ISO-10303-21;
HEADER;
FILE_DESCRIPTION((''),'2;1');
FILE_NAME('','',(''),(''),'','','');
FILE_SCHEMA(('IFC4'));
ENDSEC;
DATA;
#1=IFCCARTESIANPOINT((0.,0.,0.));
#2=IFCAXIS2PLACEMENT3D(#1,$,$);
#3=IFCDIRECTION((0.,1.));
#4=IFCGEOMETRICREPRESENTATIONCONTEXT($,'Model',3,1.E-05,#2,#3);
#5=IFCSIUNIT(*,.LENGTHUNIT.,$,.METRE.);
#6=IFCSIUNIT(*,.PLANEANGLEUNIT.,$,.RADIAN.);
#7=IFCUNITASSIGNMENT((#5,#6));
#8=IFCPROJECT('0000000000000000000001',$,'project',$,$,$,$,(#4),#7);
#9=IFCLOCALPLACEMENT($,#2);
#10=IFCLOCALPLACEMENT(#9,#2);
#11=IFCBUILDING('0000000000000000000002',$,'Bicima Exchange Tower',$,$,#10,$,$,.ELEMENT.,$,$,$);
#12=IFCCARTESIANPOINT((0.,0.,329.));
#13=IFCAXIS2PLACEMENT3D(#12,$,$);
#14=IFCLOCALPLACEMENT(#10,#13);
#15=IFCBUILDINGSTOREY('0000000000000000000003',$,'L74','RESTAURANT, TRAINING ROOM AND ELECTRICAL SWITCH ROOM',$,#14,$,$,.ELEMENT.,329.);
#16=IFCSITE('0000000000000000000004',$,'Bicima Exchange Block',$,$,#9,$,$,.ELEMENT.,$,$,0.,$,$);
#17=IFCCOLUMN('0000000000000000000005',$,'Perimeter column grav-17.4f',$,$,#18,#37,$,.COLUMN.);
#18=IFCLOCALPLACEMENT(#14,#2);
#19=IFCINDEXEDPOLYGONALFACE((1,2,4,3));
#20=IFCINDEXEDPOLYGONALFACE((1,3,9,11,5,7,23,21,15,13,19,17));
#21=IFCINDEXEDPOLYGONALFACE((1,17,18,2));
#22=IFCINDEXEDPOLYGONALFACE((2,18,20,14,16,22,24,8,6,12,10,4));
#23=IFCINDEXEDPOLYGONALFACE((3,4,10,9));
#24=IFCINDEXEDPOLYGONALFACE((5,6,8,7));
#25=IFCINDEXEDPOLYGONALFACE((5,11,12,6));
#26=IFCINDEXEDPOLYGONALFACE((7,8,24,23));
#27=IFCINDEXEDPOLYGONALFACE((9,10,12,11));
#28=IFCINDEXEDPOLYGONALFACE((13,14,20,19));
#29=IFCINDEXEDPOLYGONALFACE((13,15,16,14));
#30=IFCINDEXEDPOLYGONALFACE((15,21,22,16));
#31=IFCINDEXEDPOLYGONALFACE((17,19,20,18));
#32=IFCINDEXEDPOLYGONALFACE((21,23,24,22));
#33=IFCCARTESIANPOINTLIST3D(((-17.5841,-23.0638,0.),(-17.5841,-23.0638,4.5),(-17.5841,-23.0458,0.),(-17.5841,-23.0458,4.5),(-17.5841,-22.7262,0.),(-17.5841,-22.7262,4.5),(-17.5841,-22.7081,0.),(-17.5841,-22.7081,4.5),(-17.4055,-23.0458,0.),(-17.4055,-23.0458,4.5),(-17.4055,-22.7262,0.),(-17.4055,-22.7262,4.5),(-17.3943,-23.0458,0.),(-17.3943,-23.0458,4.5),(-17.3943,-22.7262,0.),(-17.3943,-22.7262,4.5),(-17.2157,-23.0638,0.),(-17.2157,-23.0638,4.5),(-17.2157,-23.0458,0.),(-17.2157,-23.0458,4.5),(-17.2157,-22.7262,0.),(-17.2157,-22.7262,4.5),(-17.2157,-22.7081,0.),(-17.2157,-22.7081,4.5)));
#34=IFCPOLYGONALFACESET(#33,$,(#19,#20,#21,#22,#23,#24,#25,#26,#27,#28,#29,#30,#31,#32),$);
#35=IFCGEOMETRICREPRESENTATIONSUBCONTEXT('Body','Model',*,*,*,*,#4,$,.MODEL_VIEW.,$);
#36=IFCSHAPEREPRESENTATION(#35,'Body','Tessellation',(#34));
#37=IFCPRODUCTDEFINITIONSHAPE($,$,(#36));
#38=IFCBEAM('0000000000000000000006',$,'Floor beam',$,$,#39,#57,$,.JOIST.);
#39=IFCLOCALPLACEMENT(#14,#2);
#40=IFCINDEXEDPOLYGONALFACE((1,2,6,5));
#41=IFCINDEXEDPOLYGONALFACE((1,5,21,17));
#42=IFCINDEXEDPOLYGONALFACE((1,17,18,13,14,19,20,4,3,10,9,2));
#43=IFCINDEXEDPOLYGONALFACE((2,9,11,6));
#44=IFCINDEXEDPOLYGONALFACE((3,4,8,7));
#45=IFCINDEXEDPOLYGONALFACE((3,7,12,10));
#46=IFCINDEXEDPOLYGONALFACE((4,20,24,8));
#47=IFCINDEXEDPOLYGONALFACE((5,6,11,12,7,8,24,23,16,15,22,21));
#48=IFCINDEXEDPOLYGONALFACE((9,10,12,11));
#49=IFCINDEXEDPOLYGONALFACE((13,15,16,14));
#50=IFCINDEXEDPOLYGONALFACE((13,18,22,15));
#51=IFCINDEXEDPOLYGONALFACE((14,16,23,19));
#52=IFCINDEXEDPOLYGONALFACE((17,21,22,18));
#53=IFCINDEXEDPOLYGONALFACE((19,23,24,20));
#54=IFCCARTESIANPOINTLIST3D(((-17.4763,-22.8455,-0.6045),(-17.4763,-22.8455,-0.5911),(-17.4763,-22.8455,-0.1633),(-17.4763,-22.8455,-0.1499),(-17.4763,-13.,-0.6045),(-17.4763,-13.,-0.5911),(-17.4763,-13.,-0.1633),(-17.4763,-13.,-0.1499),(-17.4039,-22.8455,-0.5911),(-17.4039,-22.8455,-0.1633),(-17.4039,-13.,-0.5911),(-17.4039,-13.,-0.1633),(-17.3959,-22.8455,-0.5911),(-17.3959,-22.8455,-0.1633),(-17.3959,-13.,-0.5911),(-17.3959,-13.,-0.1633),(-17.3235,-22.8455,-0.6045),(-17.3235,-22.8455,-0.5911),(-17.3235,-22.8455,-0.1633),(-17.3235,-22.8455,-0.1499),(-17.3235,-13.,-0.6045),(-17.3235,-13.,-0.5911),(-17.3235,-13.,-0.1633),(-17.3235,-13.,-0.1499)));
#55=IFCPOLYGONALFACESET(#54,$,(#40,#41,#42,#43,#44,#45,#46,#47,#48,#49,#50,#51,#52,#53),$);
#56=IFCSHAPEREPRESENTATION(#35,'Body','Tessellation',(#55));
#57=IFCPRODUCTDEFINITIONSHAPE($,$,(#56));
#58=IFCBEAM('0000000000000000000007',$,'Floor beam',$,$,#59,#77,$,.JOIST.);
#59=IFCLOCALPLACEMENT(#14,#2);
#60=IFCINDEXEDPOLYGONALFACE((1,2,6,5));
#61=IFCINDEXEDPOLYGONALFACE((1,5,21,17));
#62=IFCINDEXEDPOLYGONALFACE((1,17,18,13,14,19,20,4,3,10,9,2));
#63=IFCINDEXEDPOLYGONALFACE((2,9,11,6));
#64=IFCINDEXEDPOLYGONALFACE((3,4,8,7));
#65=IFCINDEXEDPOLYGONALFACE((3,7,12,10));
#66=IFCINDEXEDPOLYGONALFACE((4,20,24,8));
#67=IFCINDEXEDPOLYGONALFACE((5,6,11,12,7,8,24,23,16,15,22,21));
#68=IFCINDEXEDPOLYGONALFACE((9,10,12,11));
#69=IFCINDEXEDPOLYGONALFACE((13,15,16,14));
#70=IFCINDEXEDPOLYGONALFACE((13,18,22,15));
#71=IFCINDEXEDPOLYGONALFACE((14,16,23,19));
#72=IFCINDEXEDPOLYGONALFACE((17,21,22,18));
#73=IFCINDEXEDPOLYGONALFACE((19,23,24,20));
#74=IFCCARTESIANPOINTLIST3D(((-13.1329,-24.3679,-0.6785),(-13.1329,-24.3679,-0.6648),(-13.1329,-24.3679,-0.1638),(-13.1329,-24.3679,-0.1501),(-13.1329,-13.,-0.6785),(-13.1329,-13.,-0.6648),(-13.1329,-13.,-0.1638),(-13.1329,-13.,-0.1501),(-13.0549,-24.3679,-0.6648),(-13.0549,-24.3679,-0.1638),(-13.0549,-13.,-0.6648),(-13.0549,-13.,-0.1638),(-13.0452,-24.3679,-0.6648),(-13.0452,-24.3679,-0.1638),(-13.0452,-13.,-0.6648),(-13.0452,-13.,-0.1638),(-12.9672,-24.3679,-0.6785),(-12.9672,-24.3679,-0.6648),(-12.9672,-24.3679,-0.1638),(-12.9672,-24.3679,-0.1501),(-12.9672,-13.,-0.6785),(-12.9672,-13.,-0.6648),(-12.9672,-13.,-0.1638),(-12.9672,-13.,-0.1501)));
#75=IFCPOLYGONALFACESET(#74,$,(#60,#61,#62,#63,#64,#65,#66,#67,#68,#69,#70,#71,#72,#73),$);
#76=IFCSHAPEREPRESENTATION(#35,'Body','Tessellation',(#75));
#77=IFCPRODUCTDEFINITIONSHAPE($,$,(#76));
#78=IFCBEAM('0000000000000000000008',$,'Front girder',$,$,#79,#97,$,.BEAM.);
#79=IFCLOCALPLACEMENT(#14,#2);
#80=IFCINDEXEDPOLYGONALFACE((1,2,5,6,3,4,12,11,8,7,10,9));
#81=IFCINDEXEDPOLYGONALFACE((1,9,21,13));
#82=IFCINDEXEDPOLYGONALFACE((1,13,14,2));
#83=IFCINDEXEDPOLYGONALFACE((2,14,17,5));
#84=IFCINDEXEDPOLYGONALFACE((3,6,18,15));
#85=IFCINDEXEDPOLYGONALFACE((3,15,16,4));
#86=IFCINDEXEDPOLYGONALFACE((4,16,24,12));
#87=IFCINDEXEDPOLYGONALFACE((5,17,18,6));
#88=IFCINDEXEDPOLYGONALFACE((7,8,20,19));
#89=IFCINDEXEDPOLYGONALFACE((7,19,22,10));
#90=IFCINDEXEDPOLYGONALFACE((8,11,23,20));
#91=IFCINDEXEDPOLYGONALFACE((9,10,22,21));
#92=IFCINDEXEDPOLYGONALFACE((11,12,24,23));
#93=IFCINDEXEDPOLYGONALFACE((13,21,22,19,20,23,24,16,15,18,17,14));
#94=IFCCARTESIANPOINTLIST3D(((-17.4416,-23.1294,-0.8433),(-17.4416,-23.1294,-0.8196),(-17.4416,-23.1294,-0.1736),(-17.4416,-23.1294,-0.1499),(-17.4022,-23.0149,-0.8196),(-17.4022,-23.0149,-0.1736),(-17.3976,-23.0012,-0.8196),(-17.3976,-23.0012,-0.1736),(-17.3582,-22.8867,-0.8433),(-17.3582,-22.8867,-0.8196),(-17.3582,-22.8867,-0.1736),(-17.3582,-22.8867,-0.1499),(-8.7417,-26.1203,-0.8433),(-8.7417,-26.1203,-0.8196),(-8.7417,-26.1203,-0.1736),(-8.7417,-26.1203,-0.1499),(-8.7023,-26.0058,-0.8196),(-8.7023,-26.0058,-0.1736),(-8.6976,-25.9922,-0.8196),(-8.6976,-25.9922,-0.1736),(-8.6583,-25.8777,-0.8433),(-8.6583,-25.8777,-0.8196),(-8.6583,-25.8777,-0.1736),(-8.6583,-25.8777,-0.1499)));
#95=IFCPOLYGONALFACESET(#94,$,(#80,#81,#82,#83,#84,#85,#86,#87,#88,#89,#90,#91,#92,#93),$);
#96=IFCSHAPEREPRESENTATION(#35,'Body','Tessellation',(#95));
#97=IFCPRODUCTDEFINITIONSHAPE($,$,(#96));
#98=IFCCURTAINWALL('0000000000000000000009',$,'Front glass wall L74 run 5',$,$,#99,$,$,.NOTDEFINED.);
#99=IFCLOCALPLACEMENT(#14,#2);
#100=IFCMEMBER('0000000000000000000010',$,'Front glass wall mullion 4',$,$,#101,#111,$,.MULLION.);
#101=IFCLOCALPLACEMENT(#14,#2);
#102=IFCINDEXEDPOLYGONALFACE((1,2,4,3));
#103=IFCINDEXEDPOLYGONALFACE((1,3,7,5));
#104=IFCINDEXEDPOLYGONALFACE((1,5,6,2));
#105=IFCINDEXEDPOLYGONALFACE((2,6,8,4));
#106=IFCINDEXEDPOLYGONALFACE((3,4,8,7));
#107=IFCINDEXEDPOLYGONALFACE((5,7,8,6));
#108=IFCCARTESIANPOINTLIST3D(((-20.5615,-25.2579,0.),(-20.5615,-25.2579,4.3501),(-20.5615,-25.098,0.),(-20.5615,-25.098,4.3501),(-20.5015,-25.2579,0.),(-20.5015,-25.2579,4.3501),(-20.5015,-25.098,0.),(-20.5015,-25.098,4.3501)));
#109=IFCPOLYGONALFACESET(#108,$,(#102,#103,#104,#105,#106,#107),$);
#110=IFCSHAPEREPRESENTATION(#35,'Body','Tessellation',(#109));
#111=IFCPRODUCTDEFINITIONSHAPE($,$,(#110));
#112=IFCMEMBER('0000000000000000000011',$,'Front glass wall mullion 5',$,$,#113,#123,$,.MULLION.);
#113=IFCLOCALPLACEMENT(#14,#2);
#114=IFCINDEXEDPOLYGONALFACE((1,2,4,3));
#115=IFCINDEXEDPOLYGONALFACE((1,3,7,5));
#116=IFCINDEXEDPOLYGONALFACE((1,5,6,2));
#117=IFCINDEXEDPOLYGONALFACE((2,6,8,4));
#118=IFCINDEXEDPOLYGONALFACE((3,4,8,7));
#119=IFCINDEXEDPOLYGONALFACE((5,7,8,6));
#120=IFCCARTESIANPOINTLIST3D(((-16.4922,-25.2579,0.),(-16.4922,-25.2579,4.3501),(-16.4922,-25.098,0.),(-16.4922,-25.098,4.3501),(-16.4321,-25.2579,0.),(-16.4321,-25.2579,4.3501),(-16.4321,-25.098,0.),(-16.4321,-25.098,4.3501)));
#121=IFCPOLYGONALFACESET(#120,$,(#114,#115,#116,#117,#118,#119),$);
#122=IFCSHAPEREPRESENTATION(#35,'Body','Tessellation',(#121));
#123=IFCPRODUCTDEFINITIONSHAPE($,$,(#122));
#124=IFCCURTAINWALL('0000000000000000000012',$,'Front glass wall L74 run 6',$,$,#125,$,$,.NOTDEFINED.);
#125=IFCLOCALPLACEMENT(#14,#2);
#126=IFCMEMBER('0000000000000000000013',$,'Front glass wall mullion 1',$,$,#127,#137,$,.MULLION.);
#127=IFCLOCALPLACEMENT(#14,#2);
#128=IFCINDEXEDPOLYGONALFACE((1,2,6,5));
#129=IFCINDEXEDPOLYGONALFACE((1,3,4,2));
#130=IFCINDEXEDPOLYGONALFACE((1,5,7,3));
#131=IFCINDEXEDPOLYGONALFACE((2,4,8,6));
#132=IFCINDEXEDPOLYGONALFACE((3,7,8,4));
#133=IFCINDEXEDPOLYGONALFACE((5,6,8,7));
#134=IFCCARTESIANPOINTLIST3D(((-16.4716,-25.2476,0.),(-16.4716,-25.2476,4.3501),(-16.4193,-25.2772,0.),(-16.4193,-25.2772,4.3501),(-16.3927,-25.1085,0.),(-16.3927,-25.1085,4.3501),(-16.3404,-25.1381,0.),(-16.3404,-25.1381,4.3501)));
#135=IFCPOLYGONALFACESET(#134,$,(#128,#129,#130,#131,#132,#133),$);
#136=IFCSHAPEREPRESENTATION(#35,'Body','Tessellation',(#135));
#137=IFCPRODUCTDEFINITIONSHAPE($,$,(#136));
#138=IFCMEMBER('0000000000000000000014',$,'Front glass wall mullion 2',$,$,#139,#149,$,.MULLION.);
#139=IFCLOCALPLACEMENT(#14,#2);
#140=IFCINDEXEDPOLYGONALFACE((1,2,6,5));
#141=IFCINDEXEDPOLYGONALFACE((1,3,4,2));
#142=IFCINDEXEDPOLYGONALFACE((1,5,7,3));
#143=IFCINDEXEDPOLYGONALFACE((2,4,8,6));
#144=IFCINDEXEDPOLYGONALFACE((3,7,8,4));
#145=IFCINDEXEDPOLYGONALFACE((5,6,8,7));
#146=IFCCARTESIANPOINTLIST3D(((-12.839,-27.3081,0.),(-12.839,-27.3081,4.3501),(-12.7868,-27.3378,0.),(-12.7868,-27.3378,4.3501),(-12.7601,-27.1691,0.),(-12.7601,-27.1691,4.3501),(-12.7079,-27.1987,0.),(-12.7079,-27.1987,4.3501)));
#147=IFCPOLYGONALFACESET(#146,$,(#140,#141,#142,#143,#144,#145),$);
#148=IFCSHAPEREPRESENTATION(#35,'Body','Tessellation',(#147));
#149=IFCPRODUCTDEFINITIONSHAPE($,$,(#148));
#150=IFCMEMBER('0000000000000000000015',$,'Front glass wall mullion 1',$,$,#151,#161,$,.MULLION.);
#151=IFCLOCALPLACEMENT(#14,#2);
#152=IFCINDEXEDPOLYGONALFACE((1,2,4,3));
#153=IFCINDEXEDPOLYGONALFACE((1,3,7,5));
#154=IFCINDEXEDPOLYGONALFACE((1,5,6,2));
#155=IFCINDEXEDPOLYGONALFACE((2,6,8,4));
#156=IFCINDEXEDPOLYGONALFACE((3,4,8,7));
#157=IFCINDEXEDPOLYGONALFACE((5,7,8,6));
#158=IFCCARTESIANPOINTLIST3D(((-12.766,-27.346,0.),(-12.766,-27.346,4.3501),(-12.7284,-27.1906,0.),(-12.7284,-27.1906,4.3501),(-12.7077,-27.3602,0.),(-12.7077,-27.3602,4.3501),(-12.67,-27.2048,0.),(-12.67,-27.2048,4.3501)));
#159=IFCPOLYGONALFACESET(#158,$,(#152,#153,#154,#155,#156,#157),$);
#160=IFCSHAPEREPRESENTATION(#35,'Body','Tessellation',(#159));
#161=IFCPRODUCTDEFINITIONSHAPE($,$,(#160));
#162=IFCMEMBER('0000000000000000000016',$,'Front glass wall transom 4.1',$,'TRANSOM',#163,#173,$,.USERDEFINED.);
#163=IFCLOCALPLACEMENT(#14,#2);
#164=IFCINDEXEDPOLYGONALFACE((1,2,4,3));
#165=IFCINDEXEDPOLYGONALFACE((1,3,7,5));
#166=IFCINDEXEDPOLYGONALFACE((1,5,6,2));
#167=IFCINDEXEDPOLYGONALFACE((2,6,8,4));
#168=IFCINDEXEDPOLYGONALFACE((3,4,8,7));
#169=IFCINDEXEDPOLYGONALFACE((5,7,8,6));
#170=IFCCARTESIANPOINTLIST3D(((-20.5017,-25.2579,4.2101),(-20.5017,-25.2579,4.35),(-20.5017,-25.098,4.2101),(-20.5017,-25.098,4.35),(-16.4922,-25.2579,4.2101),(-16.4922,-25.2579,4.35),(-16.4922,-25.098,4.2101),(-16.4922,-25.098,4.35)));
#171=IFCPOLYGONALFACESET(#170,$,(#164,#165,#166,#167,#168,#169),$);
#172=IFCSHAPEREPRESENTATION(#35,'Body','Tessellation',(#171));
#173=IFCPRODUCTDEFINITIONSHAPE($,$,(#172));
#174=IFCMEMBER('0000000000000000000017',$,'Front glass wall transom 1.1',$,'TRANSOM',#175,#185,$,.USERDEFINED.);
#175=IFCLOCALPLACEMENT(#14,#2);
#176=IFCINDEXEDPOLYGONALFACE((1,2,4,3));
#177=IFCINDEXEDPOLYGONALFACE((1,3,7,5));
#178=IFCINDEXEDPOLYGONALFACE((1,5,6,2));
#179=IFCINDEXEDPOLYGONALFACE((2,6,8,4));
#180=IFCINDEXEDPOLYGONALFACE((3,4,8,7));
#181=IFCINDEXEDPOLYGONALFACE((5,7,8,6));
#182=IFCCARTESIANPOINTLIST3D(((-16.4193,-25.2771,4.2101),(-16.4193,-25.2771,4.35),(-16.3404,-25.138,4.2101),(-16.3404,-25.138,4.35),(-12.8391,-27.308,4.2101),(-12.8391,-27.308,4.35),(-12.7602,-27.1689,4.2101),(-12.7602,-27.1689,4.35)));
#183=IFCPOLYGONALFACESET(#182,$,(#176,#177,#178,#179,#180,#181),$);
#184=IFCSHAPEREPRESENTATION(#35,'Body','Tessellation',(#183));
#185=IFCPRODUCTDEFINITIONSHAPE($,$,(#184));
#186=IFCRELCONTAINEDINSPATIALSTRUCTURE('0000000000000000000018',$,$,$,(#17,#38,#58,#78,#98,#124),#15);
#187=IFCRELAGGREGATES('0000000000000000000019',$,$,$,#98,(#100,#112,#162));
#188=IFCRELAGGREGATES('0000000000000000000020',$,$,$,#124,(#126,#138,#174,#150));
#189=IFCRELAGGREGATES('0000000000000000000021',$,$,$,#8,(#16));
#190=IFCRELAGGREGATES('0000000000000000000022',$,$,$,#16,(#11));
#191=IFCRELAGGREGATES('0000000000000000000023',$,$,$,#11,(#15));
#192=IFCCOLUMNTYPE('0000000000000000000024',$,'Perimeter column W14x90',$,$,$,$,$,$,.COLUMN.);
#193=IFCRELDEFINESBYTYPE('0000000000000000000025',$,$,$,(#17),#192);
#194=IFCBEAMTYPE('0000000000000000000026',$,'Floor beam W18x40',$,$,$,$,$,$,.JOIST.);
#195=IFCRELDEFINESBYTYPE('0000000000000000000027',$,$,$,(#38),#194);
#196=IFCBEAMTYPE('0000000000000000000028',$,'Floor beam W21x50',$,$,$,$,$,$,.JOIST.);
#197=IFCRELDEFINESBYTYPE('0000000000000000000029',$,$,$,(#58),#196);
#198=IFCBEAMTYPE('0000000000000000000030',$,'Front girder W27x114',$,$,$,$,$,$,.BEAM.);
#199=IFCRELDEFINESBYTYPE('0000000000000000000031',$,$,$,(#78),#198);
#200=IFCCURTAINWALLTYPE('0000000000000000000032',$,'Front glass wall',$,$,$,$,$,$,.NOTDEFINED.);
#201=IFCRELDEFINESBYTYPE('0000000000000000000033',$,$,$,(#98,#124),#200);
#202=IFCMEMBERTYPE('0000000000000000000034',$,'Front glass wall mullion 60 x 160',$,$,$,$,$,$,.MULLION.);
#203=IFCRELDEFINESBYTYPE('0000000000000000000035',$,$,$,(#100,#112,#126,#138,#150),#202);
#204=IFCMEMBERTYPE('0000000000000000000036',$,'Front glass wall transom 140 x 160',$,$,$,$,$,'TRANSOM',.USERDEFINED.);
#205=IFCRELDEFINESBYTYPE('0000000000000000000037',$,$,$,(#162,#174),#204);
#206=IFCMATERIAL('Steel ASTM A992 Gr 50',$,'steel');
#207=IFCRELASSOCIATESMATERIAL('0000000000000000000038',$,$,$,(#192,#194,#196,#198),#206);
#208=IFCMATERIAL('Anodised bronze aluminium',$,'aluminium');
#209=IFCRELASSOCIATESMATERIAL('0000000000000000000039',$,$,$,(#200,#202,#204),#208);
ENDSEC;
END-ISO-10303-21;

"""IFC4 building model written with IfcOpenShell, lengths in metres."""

from ifc_helpers import new_model, si_unit, direction, frame, origin, origin_2d, place, context, subcontext, project, spatial, rectangle, i_section, extrude, material, material_profile, profile_set, type_object, element, aggregate, save


model = new_model("IFC4")

# Units and contexts
model_context = context("Model", 3, precision=1e-05, world=origin(), true_north=direction((0.0, 1.0)))
body_context = subcontext(model_context, "Body", "Model", "MODEL_VIEW")
ifc_project = project(units=[si_unit("LENGTHUNIT", "METRE"), si_unit("PLANEANGLEUNIT", "RADIAN")], contexts=[model_context])

# Site, building, storey
site_placement = place(None, origin())
site = spatial("IfcSite", under=ifc_project, at=site_placement, Name="Bicima Exchange Block", CompositionType="ELEMENT", RefElevation=0.0)
building_placement = place(site_placement, origin())
building = spatial("IfcBuilding", under=site, at=building_placement, Name="Bicima Exchange Tower", CompositionType="ELEMENT")
storey_placement = place(building_placement, frame((0.0, 0.0, 329.0)))
storey = spatial("IfcBuildingStorey", under=building, at=storey_placement, Name="L74", Description="RESTAURANT, TRAINING ROOM AND ELECTRICAL SWITCH ROOM", CompositionType="ELEMENT", Elevation=329.0)

# Column
ifc_material_1 = material(Name="Steel ASTM A992 Gr 50", Category="steel")
ifc_material_profile_1 = material_profile(ifc_material_1, i_section(OverallWidth=0.3684, OverallDepth=0.3557, WebThickness=0.0112, FlangeThickness=0.0181, at=origin_2d()))
ifc_profile_set_1 = profile_set([ifc_material_profile_1], Name="Steel ASTM A992 Gr 50")
column_type = type_object("IfcColumnType", Name="Perimeter column W14x90", PredefinedType="COLUMN", material=ifc_profile_set_1)
column_placement = place(storey_placement, frame((-17.3999, -22.886, 0.0), z_axis=(0.0, 0.0, 1.0), x_axis=(1.0, 0.0, 0.0)))
element("IfcColumn", 1, at=column_placement, inside=storey, type_object=column_type, Name="Perimeter column grav-17.4f", PredefinedType="COLUMN", context=body_context, shape_type="SweptSolid", body=[
    extrude(i_section(OverallWidth=0.3684, OverallDepth=0.3557, WebThickness=0.0112, FlangeThickness=0.0181, at=origin_2d()), origin(), (0.0, 0.0, 1.0), 4.5),
])

# Beams
ifc_material_profile_2 = material_profile(ifc_material_1, i_section(OverallWidth=0.1528, OverallDepth=0.4546, WebThickness=0.0081, FlangeThickness=0.0134, at=origin_2d()))
ifc_profile_set_2 = profile_set([ifc_material_profile_2], Name="Steel ASTM A992 Gr 50")
beam_type_1 = type_object("IfcBeamType", Name="Floor beam W18x40", PredefinedType="JOIST", material=ifc_profile_set_2)
beam_1_placement = place(storey_placement, frame((-17.3999, -13.0, -0.3772), z_axis=(0.0, -1.0, 0.0), x_axis=(1.0, 0.0, 0.0)))
element("IfcBeam", 2, at=beam_1_placement, inside=storey, type_object=beam_type_1, Name="Floor beam", PredefinedType="JOIST", context=body_context, shape_type="SweptSolid", body=[
    extrude(i_section(OverallWidth=0.1528, OverallDepth=0.4546, WebThickness=0.0081, FlangeThickness=0.0134, at=origin_2d()), origin(), (0.0, 0.0, 1.0), 9.8455),
])
ifc_material_profile_3 = material_profile(ifc_material_1, i_section(OverallWidth=0.1658, OverallDepth=0.5283, WebThickness=0.0098, FlangeThickness=0.0137, at=origin_2d()))
ifc_profile_set_3 = profile_set([ifc_material_profile_3], Name="Steel ASTM A992 Gr 50")
beam_type_2 = type_object("IfcBeamType", Name="Floor beam W21x50", PredefinedType="JOIST", material=ifc_profile_set_3)
beam_2_placement = place(storey_placement, frame((-13.05, -13.0, -0.4143), z_axis=(0.0, -1.0, 0.0), x_axis=(1.0, 0.0, 0.0)))
element("IfcBeam", 3, at=beam_2_placement, inside=storey, type_object=beam_type_2, Name="Floor beam", PredefinedType="JOIST", context=body_context, shape_type="SweptSolid", body=[
    extrude(i_section(OverallWidth=0.1658, OverallDepth=0.5283, WebThickness=0.0098, FlangeThickness=0.0137, at=origin_2d()), origin(), (0.0, 0.0, 1.0), 11.3679),
])
ifc_material_profile_4 = material_profile(ifc_material_1, i_section(OverallWidth=0.2566, OverallDepth=0.6934, WebThickness=0.0144, FlangeThickness=0.0237, at=origin_2d()))
ifc_profile_set_4 = profile_set([ifc_material_profile_4], Name="Steel ASTM A992 Gr 50")
beam_type_3 = type_object("IfcBeamType", Name="Front girder W27x114", PredefinedType="BEAM", material=ifc_profile_set_4)
beam_3_placement = place(storey_placement, frame((-17.3999, -23.0081, -0.4966), z_axis=(0.945675, -0.325115, 0.0), x_axis=(0.325115, 0.945675, 0.0)))
element("IfcBeam", 4, at=beam_3_placement, inside=storey, type_object=beam_type_3, Name="Front girder", PredefinedType="BEAM", context=body_context, shape_type="SweptSolid", body=[
    extrude(i_section(OverallWidth=0.2566, OverallDepth=0.6934, WebThickness=0.0144, FlangeThickness=0.0237, at=origin_2d()), origin(), (0.0, 0.0, 1.0), 9.1997),
])

# Curtain walls, members
ifc_material_2 = material(Name="Anodised bronze aluminium", Category="aluminium")
curtain_wall_type = type_object("IfcCurtainWallType", Name="Front glass wall", PredefinedType="NOTDEFINED", material=ifc_material_2)
curtain_wall_1_placement = place(storey_placement, origin())
curtain_wall_1 = element("IfcCurtainWall", 5, at=curtain_wall_1_placement, inside=storey, type_object=curtain_wall_type, Name="Front glass wall L74 run 5", PredefinedType="NOTDEFINED")
ifc_material_profile_5 = material_profile(ifc_material_2, rectangle(XDim=0.1599, YDim=0.0601, at=origin_2d()))
ifc_profile_set_5 = profile_set([ifc_material_profile_5], Name="Anodised bronze aluminium")
member_type_1 = type_object("IfcMemberType", Name="Front glass wall mullion 60 x 160", PredefinedType="MULLION", material=ifc_profile_set_5)
member_1_placement = place(storey_placement, frame((-20.5315, -25.178, 0.0), z_axis=(0.0, 0.0, 1.0), x_axis=(0.0, 1.0, 0.0)))
member_1 = element("IfcMember", 6, at=member_1_placement, type_object=member_type_1, Name="Front glass wall mullion 4", PredefinedType="MULLION", context=body_context, shape_type="SweptSolid", body=[
    extrude(rectangle(XDim=0.1599, YDim=0.0601, at=origin_2d()), origin(), (0.0, 0.0, 1.0), 4.3501),
])
member_2_placement = place(storey_placement, frame((-16.4622, -25.178, 0.0), z_axis=(0.0, 0.0, 1.0), x_axis=(0.0, 1.0, 0.0)))
member_2 = element("IfcMember", 7, at=member_2_placement, type_object=member_type_1, Name="Front glass wall mullion 5", PredefinedType="MULLION", context=body_context, shape_type="SweptSolid", body=[
    extrude(rectangle(XDim=0.1599, YDim=0.0601, at=origin_2d()), origin(), (0.0, 0.0, 1.0), 4.3501),
])
curtain_wall_2_placement = place(storey_placement, origin())
curtain_wall_2 = element("IfcCurtainWall", 8, at=curtain_wall_2_placement, inside=storey, type_object=curtain_wall_type, Name="Front glass wall L74 run 6", PredefinedType="NOTDEFINED")
member_3_placement = place(storey_placement, frame((-16.406, -25.1929, 0.0), z_axis=(0.0, 0.0, 1.0), x_axis=(0.493395, 0.869805, 0.0)))
member_3 = element("IfcMember", 9, at=member_3_placement, type_object=member_type_1, Name="Front glass wall mullion 1", PredefinedType="MULLION", context=body_context, shape_type="SweptSolid", body=[
    extrude(rectangle(XDim=0.1599, YDim=0.0601, at=origin_2d()), origin(), (0.0, 0.0, 1.0), 4.3501),
])
member_4_placement = place(storey_placement, frame((-12.7734, -27.2534, 0.0), z_axis=(0.0, 0.0, 1.0), x_axis=(0.493395, 0.869805, 0.0)))
member_4 = element("IfcMember", 10, at=member_4_placement, type_object=member_type_1, Name="Front glass wall mullion 2", PredefinedType="MULLION", context=body_context, shape_type="SweptSolid", body=[
    extrude(rectangle(XDim=0.1599, YDim=0.0601, at=origin_2d()), origin(), (0.0, 0.0, 1.0), 4.3501),
])
member_5_placement = place(storey_placement, frame((-12.718, -27.2754, 0.0), z_axis=(0.0, 0.0, 1.0), x_axis=(0.235682, 0.97183, 0.0)))
member_5 = element("IfcMember", 11, at=member_5_placement, type_object=member_type_1, Name="Front glass wall mullion 1", PredefinedType="MULLION", context=body_context, shape_type="SweptSolid", body=[
    extrude(rectangle(XDim=0.1599, YDim=0.0601, at=origin_2d()), origin(), (0.0, 0.0, 1.0), 4.3501),
])

# Members
ifc_material_profile_6 = material_profile(ifc_material_2, rectangle(XDim=0.1599, YDim=0.1399, at=origin_2d()))
ifc_profile_set_6 = profile_set([ifc_material_profile_6], Name="Anodised bronze aluminium")
member_type_2 = type_object("IfcMemberType", Name="Front glass wall transom 140 x 160", ElementType="TRANSOM", PredefinedType="USERDEFINED", material=ifc_profile_set_6)
member_6_placement = place(storey_placement, frame((-20.5017, -25.178, 4.28), z_axis=(1.0, 0.0, 0.0), x_axis=(0.0, 1.0, 0.0)))
member_6 = element("IfcMember", 12, at=member_6_placement, type_object=member_type_2, Name="Front glass wall transom 4.1", ObjectType="TRANSOM", PredefinedType="USERDEFINED", context=body_context, shape_type="SweptSolid", body=[
    extrude(rectangle(XDim=0.1599, YDim=0.1399, at=origin_2d()), origin(), (0.0, 0.0, 1.0), 4.0095),
])
member_7_placement = place(storey_placement, frame((-16.3799, -25.2075, 4.28), z_axis=(0.869797, -0.493409, 0.0), x_axis=(0.493409, 0.869797, 0.0)))
member_7 = element("IfcMember", 13, at=member_7_placement, type_object=member_type_2, Name="Front glass wall transom 1.1", ObjectType="TRANSOM", PredefinedType="USERDEFINED", context=body_context, shape_type="SweptSolid", body=[
    extrude(rectangle(XDim=0.1599, YDim=0.1399, at=origin_2d()), origin(), (0.0, 0.0, 1.0), 4.1162),
])

aggregate(curtain_wall_1, [member_1, member_2, member_6])
aggregate(curtain_wall_2, [member_3, member_4, member_7, member_5])

save(model, "model.ifc")
